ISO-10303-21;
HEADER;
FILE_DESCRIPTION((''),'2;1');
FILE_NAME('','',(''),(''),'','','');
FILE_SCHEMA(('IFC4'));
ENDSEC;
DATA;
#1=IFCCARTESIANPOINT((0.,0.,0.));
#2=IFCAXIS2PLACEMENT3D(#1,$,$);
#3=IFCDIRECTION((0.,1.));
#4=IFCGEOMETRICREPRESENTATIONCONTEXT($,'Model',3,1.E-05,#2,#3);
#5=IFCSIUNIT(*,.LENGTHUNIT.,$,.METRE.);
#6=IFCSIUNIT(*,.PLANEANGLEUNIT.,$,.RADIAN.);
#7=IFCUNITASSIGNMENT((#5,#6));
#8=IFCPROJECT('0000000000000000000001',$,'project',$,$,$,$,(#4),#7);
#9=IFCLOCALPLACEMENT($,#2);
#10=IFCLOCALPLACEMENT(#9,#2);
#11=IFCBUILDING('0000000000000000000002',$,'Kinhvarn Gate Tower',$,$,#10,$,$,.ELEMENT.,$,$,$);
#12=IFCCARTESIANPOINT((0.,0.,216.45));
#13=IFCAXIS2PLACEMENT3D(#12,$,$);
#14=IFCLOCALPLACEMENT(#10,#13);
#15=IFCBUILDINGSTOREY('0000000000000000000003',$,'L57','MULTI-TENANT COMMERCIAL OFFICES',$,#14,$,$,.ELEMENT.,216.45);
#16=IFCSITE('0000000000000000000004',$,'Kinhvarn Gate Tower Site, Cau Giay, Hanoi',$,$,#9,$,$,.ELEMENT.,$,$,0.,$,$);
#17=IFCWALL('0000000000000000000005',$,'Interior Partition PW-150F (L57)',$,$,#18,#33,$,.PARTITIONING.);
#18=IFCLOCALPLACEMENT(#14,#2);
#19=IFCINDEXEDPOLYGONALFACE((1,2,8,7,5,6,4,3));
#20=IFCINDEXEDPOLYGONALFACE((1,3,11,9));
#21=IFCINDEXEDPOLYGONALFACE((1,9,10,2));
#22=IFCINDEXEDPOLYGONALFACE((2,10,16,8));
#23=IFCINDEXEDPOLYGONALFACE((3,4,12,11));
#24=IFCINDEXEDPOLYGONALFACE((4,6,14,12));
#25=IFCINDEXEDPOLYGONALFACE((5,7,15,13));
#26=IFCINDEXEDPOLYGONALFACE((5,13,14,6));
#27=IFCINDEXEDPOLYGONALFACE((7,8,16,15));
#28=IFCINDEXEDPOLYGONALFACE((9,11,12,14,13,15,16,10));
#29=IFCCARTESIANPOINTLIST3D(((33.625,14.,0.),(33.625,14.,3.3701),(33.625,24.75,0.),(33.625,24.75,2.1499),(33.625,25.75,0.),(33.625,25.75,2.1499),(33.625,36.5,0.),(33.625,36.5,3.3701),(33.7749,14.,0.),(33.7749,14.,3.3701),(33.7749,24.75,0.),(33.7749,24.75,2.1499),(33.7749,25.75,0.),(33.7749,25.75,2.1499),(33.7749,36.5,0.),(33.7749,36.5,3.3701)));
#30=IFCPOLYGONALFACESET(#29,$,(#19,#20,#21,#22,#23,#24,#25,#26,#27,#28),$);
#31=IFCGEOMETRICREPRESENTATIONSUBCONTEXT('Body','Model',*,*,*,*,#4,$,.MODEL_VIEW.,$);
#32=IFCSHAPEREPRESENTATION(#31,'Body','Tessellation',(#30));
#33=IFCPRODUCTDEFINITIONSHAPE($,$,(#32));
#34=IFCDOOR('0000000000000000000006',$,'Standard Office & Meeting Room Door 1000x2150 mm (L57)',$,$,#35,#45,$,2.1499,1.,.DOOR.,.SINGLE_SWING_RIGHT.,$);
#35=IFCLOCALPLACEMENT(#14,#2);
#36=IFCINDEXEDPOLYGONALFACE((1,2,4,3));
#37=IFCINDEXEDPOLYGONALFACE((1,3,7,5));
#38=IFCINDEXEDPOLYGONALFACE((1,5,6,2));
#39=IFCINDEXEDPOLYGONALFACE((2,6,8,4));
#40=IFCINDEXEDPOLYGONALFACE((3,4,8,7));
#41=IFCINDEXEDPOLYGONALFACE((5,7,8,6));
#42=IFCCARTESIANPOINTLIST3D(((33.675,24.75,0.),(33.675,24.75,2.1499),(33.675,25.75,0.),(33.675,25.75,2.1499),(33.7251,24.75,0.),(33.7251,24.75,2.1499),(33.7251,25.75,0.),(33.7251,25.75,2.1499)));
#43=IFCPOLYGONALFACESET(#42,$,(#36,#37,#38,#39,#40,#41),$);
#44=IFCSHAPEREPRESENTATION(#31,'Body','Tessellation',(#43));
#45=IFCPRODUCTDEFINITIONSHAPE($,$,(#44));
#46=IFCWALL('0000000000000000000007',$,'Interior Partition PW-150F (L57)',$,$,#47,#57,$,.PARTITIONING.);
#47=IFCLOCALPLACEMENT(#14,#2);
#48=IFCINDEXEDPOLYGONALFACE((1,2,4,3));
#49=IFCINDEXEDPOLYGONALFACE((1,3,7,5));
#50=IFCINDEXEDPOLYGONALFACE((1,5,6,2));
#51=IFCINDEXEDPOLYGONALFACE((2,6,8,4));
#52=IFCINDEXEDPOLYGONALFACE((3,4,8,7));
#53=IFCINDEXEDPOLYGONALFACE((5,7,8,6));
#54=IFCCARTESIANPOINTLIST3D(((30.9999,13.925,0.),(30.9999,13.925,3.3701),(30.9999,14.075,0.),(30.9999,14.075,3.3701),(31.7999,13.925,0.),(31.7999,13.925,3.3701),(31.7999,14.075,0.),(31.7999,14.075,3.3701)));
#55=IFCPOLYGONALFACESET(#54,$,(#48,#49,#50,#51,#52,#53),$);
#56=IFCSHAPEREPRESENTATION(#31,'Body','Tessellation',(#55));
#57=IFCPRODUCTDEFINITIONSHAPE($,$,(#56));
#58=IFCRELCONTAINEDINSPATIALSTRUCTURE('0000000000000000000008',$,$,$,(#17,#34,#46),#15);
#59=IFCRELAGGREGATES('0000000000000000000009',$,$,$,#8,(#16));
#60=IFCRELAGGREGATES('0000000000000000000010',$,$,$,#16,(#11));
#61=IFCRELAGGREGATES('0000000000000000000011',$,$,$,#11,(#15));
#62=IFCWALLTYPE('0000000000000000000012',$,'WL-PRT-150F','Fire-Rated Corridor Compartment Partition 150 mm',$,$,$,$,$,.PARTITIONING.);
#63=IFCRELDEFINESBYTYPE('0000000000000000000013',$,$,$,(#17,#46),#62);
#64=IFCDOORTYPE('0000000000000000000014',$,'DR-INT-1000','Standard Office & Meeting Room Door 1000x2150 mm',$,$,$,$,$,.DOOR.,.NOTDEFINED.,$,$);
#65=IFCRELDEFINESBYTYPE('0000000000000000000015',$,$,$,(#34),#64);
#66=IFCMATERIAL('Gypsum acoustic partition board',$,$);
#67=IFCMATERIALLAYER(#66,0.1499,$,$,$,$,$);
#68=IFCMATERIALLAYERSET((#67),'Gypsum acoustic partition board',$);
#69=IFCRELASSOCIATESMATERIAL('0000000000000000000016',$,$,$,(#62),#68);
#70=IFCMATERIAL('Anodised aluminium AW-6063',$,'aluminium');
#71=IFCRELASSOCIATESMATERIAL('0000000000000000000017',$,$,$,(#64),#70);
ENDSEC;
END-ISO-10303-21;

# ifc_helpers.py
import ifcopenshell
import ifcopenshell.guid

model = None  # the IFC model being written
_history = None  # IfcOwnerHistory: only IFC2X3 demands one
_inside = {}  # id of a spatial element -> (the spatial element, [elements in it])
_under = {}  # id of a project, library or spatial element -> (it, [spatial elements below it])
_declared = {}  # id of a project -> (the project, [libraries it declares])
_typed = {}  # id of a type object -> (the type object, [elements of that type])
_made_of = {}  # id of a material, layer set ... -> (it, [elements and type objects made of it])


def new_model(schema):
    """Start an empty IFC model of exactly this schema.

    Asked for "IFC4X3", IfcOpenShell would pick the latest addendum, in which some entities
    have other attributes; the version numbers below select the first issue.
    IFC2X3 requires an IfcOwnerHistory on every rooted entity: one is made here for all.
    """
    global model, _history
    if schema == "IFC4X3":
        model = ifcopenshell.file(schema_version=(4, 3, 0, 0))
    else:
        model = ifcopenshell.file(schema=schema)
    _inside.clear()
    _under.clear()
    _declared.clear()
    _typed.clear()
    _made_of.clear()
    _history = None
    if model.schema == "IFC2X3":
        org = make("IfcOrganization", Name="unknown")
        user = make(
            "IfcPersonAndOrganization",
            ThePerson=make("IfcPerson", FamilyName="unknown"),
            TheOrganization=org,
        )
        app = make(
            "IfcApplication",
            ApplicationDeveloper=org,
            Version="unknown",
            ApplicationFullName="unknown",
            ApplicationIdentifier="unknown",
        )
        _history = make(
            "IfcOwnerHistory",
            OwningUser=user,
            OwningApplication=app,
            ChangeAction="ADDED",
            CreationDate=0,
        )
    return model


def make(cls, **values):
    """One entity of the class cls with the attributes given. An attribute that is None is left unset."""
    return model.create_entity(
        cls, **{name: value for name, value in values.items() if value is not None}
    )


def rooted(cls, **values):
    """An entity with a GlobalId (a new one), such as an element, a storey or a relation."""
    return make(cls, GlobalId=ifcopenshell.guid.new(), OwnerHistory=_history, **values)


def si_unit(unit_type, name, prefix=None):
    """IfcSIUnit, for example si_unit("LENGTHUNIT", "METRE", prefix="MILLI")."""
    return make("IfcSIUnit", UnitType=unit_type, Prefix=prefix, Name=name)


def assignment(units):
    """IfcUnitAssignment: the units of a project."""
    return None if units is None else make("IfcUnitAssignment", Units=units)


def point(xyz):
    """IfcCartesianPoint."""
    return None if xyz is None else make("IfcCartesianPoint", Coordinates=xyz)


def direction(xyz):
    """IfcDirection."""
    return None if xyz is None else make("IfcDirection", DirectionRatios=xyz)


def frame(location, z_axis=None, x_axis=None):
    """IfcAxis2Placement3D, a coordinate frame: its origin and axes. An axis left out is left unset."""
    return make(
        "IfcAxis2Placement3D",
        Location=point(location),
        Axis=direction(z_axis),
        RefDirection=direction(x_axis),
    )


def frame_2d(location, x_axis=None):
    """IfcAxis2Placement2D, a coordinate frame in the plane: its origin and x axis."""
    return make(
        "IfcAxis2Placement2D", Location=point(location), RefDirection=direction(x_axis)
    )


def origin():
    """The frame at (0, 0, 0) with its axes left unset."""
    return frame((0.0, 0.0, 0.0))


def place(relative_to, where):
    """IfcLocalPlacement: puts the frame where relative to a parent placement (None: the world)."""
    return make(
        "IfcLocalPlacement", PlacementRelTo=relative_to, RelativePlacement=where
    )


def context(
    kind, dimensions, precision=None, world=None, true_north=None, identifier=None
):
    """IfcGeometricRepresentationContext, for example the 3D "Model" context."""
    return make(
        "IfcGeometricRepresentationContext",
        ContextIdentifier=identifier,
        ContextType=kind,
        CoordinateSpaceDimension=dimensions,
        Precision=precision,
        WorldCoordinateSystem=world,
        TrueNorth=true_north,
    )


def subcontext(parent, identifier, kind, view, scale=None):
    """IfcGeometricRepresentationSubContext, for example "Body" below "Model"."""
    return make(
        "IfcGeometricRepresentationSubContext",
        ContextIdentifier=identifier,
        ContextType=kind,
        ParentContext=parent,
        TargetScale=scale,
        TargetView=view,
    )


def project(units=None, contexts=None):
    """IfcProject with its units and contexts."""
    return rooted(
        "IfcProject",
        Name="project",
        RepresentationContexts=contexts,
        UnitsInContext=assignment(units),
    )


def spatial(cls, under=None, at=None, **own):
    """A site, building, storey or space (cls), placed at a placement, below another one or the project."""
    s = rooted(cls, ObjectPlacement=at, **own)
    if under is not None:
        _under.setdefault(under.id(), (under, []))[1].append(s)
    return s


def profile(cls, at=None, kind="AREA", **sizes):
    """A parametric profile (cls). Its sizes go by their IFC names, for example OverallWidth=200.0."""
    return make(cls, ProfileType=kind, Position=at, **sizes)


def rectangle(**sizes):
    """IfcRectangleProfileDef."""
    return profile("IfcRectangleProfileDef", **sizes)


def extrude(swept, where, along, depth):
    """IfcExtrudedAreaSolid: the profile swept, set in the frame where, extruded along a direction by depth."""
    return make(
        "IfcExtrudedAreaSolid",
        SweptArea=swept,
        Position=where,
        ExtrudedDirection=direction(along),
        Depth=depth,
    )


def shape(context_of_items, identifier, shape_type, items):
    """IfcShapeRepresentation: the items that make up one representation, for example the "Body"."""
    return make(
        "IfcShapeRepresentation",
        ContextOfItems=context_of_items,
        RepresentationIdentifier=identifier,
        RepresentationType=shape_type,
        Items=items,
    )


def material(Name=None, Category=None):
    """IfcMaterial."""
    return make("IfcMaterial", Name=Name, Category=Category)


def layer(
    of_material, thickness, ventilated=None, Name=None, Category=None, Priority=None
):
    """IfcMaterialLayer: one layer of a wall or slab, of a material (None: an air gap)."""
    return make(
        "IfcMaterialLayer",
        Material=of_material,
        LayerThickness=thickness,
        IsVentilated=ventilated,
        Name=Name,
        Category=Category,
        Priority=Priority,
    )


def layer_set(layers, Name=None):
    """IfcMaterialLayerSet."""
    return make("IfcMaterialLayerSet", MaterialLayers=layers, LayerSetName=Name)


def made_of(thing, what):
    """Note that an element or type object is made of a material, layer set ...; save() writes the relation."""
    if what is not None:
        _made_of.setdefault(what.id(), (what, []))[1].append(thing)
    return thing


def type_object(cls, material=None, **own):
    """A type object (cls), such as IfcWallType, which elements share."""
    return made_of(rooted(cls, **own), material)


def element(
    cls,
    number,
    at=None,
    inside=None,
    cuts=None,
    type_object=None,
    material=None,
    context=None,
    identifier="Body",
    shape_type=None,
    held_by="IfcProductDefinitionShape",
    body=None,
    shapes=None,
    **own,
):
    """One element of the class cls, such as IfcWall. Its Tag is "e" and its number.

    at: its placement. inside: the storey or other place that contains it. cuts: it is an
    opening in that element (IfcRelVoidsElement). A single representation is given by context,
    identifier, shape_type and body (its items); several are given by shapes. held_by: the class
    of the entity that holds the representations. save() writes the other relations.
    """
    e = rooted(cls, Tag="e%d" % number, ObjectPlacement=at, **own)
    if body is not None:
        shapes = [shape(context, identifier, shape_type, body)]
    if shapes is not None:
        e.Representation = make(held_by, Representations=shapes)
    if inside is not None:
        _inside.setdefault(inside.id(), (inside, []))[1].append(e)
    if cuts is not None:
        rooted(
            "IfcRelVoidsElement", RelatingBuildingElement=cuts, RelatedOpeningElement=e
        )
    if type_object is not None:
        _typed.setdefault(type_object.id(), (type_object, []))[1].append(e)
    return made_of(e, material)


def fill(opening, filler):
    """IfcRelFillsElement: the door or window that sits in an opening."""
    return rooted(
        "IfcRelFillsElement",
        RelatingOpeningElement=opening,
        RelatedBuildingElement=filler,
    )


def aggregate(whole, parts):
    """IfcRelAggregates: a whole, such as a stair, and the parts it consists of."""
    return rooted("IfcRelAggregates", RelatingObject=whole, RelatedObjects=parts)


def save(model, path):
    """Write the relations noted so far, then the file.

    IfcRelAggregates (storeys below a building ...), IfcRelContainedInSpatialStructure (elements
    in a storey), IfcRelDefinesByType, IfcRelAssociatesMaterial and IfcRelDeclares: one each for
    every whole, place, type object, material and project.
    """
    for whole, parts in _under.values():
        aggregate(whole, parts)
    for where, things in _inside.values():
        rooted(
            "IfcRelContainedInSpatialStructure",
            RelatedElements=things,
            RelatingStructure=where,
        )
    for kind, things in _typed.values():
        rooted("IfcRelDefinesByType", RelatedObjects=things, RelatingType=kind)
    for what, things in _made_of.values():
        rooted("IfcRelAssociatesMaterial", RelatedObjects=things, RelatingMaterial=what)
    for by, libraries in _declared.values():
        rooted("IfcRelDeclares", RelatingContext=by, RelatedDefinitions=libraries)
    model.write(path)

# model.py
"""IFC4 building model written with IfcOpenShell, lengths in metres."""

from ifc_helpers import new_model, si_unit, direction, frame, frame_2d, origin, place, context, subcontext, project, spatial, rectangle, extrude, material, layer, layer_set, type_object, element, fill, save


model = new_model("IFC4")

# Units and contexts
model_context = context("Model", 3, precision=1e-05, world=origin(), true_north=direction((0.0, 1.0)))
body_context = subcontext(model_context, "Body", "Model", "MODEL_VIEW")
ifc_project = project(units=[si_unit("LENGTHUNIT", "METRE"), si_unit("PLANEANGLEUNIT", "RADIAN")], contexts=[model_context])

# Site, building, storey
site_placement = place(None, origin())
site = spatial("IfcSite", under=ifc_project, at=site_placement, Name="Kinhvarn Gate Tower Site, Cau Giay, Hanoi", CompositionType="ELEMENT", RefElevation=0.0)
building_placement = place(site_placement, origin())
building = spatial("IfcBuilding", under=site, at=building_placement, Name="Kinhvarn Gate Tower", CompositionType="ELEMENT")
storey_placement = place(building_placement, frame((0.0, 0.0, 216.45)))
storey = spatial("IfcBuildingStorey", under=building, at=storey_placement, Name="L57", Description="MULTI-TENANT COMMERCIAL OFFICES", CompositionType="ELEMENT", Elevation=216.45)

# Shared definitions
ifc_material_1 = material(Name="Gypsum acoustic partition board")

# Shared definitions
ifc_material_2 = material(Name="Anodised aluminium AW-6063", Category="aluminium")

# Shared definitions
ifc_layer_1 = layer(ifc_material_1, 0.1499)
ifc_layer_set_1 = layer_set([ifc_layer_1], Name="Gypsum acoustic partition board")
wall_type_1 = type_object("IfcWallType", Name="WL-PRT-150F", Description="Fire-Rated Corridor Compartment Partition 150 mm", PredefinedType="PARTITIONING", material=ifc_layer_set_1)

# Wall, opening, door
door_type_1 = type_object("IfcDoorType", Name="DR-INT-1000", Description="Standard Office & Meeting Room Door 1000x2150 mm", OperationType="NOTDEFINED", PredefinedType="DOOR", material=ifc_material_2)
wall_1_placement = place(storey_placement, frame((33.7, 14.0, 0.0), z_axis=(0.0, 0.0, 1.0), x_axis=(0.0, 1.0, 0.0)))
wall_1 = element("IfcWall", 1, at=wall_1_placement, inside=storey, type_object=wall_type_1, Name="Interior Partition PW-150F (L57)", PredefinedType="PARTITIONING", context=body_context, shape_type="SweptSolid", body=[
    extrude(rectangle(XDim=22.5, YDim=0.1499, at=frame_2d((11.25, 0.0))), origin(), (0.0, 0.0, 1.0), 3.3701),
])
opening_1_placement = place(wall_1_placement, frame((10.75, 0.0, 0.0)))
opening_1 = element("IfcOpeningElement", 2, at=opening_1_placement, cuts=wall_1, PredefinedType="OPENING", context=body_context, shape_type="SweptSolid", body=[
    extrude(rectangle(XDim=1.0, YDim=2.1499, at=frame_2d((0.5, 1.075))), frame((0.0, 0.085, 0.0), z_axis=(0.0, -1.0, 0.0), x_axis=(1.0, 0.0, 0.0)), (0.0, 0.0, 1.0), 0.1699),
])
door_1_placement = place(opening_1_placement, origin())
door_1 = element("IfcDoor", 3, at=door_1_placement, inside=storey, type_object=door_type_1, Name="Standard Office & Meeting Room Door 1000x2150 mm (L57)", OperationType="SINGLE_SWING_RIGHT", OverallHeight=2.1499, OverallWidth=1.0, PredefinedType="DOOR", context=body_context, shape_type="SweptSolid", body=[
    extrude(rectangle(XDim=1.0, YDim=2.1499, at=frame_2d((0.5, 1.075))), frame((0.0, 0.0249, 0.0), z_axis=(0.0, -1.0, 0.0), x_axis=(1.0, 0.0, 0.0)), (0.0, 0.0, 1.0), 0.05),
])
fill(opening_1, door_1)

# Wall
wall_2_placement = place(storey_placement, frame((31.0, 14.0, 0.0), z_axis=(0.0, 0.0, 1.0), x_axis=(1.0, 0.0, 0.0)))
element("IfcWall", 4, at=wall_2_placement, inside=storey, type_object=wall_type_1, Name="Interior Partition PW-150F (L57)", PredefinedType="PARTITIONING", context=body_context, shape_type="SweptSolid", body=[
    extrude(rectangle(XDim=0.8, YDim=0.1499, at=frame_2d((0.3999, 0.0))), origin(), (0.0, 0.0, 1.0), 3.3701),
])

save(model, "model.ifc")
